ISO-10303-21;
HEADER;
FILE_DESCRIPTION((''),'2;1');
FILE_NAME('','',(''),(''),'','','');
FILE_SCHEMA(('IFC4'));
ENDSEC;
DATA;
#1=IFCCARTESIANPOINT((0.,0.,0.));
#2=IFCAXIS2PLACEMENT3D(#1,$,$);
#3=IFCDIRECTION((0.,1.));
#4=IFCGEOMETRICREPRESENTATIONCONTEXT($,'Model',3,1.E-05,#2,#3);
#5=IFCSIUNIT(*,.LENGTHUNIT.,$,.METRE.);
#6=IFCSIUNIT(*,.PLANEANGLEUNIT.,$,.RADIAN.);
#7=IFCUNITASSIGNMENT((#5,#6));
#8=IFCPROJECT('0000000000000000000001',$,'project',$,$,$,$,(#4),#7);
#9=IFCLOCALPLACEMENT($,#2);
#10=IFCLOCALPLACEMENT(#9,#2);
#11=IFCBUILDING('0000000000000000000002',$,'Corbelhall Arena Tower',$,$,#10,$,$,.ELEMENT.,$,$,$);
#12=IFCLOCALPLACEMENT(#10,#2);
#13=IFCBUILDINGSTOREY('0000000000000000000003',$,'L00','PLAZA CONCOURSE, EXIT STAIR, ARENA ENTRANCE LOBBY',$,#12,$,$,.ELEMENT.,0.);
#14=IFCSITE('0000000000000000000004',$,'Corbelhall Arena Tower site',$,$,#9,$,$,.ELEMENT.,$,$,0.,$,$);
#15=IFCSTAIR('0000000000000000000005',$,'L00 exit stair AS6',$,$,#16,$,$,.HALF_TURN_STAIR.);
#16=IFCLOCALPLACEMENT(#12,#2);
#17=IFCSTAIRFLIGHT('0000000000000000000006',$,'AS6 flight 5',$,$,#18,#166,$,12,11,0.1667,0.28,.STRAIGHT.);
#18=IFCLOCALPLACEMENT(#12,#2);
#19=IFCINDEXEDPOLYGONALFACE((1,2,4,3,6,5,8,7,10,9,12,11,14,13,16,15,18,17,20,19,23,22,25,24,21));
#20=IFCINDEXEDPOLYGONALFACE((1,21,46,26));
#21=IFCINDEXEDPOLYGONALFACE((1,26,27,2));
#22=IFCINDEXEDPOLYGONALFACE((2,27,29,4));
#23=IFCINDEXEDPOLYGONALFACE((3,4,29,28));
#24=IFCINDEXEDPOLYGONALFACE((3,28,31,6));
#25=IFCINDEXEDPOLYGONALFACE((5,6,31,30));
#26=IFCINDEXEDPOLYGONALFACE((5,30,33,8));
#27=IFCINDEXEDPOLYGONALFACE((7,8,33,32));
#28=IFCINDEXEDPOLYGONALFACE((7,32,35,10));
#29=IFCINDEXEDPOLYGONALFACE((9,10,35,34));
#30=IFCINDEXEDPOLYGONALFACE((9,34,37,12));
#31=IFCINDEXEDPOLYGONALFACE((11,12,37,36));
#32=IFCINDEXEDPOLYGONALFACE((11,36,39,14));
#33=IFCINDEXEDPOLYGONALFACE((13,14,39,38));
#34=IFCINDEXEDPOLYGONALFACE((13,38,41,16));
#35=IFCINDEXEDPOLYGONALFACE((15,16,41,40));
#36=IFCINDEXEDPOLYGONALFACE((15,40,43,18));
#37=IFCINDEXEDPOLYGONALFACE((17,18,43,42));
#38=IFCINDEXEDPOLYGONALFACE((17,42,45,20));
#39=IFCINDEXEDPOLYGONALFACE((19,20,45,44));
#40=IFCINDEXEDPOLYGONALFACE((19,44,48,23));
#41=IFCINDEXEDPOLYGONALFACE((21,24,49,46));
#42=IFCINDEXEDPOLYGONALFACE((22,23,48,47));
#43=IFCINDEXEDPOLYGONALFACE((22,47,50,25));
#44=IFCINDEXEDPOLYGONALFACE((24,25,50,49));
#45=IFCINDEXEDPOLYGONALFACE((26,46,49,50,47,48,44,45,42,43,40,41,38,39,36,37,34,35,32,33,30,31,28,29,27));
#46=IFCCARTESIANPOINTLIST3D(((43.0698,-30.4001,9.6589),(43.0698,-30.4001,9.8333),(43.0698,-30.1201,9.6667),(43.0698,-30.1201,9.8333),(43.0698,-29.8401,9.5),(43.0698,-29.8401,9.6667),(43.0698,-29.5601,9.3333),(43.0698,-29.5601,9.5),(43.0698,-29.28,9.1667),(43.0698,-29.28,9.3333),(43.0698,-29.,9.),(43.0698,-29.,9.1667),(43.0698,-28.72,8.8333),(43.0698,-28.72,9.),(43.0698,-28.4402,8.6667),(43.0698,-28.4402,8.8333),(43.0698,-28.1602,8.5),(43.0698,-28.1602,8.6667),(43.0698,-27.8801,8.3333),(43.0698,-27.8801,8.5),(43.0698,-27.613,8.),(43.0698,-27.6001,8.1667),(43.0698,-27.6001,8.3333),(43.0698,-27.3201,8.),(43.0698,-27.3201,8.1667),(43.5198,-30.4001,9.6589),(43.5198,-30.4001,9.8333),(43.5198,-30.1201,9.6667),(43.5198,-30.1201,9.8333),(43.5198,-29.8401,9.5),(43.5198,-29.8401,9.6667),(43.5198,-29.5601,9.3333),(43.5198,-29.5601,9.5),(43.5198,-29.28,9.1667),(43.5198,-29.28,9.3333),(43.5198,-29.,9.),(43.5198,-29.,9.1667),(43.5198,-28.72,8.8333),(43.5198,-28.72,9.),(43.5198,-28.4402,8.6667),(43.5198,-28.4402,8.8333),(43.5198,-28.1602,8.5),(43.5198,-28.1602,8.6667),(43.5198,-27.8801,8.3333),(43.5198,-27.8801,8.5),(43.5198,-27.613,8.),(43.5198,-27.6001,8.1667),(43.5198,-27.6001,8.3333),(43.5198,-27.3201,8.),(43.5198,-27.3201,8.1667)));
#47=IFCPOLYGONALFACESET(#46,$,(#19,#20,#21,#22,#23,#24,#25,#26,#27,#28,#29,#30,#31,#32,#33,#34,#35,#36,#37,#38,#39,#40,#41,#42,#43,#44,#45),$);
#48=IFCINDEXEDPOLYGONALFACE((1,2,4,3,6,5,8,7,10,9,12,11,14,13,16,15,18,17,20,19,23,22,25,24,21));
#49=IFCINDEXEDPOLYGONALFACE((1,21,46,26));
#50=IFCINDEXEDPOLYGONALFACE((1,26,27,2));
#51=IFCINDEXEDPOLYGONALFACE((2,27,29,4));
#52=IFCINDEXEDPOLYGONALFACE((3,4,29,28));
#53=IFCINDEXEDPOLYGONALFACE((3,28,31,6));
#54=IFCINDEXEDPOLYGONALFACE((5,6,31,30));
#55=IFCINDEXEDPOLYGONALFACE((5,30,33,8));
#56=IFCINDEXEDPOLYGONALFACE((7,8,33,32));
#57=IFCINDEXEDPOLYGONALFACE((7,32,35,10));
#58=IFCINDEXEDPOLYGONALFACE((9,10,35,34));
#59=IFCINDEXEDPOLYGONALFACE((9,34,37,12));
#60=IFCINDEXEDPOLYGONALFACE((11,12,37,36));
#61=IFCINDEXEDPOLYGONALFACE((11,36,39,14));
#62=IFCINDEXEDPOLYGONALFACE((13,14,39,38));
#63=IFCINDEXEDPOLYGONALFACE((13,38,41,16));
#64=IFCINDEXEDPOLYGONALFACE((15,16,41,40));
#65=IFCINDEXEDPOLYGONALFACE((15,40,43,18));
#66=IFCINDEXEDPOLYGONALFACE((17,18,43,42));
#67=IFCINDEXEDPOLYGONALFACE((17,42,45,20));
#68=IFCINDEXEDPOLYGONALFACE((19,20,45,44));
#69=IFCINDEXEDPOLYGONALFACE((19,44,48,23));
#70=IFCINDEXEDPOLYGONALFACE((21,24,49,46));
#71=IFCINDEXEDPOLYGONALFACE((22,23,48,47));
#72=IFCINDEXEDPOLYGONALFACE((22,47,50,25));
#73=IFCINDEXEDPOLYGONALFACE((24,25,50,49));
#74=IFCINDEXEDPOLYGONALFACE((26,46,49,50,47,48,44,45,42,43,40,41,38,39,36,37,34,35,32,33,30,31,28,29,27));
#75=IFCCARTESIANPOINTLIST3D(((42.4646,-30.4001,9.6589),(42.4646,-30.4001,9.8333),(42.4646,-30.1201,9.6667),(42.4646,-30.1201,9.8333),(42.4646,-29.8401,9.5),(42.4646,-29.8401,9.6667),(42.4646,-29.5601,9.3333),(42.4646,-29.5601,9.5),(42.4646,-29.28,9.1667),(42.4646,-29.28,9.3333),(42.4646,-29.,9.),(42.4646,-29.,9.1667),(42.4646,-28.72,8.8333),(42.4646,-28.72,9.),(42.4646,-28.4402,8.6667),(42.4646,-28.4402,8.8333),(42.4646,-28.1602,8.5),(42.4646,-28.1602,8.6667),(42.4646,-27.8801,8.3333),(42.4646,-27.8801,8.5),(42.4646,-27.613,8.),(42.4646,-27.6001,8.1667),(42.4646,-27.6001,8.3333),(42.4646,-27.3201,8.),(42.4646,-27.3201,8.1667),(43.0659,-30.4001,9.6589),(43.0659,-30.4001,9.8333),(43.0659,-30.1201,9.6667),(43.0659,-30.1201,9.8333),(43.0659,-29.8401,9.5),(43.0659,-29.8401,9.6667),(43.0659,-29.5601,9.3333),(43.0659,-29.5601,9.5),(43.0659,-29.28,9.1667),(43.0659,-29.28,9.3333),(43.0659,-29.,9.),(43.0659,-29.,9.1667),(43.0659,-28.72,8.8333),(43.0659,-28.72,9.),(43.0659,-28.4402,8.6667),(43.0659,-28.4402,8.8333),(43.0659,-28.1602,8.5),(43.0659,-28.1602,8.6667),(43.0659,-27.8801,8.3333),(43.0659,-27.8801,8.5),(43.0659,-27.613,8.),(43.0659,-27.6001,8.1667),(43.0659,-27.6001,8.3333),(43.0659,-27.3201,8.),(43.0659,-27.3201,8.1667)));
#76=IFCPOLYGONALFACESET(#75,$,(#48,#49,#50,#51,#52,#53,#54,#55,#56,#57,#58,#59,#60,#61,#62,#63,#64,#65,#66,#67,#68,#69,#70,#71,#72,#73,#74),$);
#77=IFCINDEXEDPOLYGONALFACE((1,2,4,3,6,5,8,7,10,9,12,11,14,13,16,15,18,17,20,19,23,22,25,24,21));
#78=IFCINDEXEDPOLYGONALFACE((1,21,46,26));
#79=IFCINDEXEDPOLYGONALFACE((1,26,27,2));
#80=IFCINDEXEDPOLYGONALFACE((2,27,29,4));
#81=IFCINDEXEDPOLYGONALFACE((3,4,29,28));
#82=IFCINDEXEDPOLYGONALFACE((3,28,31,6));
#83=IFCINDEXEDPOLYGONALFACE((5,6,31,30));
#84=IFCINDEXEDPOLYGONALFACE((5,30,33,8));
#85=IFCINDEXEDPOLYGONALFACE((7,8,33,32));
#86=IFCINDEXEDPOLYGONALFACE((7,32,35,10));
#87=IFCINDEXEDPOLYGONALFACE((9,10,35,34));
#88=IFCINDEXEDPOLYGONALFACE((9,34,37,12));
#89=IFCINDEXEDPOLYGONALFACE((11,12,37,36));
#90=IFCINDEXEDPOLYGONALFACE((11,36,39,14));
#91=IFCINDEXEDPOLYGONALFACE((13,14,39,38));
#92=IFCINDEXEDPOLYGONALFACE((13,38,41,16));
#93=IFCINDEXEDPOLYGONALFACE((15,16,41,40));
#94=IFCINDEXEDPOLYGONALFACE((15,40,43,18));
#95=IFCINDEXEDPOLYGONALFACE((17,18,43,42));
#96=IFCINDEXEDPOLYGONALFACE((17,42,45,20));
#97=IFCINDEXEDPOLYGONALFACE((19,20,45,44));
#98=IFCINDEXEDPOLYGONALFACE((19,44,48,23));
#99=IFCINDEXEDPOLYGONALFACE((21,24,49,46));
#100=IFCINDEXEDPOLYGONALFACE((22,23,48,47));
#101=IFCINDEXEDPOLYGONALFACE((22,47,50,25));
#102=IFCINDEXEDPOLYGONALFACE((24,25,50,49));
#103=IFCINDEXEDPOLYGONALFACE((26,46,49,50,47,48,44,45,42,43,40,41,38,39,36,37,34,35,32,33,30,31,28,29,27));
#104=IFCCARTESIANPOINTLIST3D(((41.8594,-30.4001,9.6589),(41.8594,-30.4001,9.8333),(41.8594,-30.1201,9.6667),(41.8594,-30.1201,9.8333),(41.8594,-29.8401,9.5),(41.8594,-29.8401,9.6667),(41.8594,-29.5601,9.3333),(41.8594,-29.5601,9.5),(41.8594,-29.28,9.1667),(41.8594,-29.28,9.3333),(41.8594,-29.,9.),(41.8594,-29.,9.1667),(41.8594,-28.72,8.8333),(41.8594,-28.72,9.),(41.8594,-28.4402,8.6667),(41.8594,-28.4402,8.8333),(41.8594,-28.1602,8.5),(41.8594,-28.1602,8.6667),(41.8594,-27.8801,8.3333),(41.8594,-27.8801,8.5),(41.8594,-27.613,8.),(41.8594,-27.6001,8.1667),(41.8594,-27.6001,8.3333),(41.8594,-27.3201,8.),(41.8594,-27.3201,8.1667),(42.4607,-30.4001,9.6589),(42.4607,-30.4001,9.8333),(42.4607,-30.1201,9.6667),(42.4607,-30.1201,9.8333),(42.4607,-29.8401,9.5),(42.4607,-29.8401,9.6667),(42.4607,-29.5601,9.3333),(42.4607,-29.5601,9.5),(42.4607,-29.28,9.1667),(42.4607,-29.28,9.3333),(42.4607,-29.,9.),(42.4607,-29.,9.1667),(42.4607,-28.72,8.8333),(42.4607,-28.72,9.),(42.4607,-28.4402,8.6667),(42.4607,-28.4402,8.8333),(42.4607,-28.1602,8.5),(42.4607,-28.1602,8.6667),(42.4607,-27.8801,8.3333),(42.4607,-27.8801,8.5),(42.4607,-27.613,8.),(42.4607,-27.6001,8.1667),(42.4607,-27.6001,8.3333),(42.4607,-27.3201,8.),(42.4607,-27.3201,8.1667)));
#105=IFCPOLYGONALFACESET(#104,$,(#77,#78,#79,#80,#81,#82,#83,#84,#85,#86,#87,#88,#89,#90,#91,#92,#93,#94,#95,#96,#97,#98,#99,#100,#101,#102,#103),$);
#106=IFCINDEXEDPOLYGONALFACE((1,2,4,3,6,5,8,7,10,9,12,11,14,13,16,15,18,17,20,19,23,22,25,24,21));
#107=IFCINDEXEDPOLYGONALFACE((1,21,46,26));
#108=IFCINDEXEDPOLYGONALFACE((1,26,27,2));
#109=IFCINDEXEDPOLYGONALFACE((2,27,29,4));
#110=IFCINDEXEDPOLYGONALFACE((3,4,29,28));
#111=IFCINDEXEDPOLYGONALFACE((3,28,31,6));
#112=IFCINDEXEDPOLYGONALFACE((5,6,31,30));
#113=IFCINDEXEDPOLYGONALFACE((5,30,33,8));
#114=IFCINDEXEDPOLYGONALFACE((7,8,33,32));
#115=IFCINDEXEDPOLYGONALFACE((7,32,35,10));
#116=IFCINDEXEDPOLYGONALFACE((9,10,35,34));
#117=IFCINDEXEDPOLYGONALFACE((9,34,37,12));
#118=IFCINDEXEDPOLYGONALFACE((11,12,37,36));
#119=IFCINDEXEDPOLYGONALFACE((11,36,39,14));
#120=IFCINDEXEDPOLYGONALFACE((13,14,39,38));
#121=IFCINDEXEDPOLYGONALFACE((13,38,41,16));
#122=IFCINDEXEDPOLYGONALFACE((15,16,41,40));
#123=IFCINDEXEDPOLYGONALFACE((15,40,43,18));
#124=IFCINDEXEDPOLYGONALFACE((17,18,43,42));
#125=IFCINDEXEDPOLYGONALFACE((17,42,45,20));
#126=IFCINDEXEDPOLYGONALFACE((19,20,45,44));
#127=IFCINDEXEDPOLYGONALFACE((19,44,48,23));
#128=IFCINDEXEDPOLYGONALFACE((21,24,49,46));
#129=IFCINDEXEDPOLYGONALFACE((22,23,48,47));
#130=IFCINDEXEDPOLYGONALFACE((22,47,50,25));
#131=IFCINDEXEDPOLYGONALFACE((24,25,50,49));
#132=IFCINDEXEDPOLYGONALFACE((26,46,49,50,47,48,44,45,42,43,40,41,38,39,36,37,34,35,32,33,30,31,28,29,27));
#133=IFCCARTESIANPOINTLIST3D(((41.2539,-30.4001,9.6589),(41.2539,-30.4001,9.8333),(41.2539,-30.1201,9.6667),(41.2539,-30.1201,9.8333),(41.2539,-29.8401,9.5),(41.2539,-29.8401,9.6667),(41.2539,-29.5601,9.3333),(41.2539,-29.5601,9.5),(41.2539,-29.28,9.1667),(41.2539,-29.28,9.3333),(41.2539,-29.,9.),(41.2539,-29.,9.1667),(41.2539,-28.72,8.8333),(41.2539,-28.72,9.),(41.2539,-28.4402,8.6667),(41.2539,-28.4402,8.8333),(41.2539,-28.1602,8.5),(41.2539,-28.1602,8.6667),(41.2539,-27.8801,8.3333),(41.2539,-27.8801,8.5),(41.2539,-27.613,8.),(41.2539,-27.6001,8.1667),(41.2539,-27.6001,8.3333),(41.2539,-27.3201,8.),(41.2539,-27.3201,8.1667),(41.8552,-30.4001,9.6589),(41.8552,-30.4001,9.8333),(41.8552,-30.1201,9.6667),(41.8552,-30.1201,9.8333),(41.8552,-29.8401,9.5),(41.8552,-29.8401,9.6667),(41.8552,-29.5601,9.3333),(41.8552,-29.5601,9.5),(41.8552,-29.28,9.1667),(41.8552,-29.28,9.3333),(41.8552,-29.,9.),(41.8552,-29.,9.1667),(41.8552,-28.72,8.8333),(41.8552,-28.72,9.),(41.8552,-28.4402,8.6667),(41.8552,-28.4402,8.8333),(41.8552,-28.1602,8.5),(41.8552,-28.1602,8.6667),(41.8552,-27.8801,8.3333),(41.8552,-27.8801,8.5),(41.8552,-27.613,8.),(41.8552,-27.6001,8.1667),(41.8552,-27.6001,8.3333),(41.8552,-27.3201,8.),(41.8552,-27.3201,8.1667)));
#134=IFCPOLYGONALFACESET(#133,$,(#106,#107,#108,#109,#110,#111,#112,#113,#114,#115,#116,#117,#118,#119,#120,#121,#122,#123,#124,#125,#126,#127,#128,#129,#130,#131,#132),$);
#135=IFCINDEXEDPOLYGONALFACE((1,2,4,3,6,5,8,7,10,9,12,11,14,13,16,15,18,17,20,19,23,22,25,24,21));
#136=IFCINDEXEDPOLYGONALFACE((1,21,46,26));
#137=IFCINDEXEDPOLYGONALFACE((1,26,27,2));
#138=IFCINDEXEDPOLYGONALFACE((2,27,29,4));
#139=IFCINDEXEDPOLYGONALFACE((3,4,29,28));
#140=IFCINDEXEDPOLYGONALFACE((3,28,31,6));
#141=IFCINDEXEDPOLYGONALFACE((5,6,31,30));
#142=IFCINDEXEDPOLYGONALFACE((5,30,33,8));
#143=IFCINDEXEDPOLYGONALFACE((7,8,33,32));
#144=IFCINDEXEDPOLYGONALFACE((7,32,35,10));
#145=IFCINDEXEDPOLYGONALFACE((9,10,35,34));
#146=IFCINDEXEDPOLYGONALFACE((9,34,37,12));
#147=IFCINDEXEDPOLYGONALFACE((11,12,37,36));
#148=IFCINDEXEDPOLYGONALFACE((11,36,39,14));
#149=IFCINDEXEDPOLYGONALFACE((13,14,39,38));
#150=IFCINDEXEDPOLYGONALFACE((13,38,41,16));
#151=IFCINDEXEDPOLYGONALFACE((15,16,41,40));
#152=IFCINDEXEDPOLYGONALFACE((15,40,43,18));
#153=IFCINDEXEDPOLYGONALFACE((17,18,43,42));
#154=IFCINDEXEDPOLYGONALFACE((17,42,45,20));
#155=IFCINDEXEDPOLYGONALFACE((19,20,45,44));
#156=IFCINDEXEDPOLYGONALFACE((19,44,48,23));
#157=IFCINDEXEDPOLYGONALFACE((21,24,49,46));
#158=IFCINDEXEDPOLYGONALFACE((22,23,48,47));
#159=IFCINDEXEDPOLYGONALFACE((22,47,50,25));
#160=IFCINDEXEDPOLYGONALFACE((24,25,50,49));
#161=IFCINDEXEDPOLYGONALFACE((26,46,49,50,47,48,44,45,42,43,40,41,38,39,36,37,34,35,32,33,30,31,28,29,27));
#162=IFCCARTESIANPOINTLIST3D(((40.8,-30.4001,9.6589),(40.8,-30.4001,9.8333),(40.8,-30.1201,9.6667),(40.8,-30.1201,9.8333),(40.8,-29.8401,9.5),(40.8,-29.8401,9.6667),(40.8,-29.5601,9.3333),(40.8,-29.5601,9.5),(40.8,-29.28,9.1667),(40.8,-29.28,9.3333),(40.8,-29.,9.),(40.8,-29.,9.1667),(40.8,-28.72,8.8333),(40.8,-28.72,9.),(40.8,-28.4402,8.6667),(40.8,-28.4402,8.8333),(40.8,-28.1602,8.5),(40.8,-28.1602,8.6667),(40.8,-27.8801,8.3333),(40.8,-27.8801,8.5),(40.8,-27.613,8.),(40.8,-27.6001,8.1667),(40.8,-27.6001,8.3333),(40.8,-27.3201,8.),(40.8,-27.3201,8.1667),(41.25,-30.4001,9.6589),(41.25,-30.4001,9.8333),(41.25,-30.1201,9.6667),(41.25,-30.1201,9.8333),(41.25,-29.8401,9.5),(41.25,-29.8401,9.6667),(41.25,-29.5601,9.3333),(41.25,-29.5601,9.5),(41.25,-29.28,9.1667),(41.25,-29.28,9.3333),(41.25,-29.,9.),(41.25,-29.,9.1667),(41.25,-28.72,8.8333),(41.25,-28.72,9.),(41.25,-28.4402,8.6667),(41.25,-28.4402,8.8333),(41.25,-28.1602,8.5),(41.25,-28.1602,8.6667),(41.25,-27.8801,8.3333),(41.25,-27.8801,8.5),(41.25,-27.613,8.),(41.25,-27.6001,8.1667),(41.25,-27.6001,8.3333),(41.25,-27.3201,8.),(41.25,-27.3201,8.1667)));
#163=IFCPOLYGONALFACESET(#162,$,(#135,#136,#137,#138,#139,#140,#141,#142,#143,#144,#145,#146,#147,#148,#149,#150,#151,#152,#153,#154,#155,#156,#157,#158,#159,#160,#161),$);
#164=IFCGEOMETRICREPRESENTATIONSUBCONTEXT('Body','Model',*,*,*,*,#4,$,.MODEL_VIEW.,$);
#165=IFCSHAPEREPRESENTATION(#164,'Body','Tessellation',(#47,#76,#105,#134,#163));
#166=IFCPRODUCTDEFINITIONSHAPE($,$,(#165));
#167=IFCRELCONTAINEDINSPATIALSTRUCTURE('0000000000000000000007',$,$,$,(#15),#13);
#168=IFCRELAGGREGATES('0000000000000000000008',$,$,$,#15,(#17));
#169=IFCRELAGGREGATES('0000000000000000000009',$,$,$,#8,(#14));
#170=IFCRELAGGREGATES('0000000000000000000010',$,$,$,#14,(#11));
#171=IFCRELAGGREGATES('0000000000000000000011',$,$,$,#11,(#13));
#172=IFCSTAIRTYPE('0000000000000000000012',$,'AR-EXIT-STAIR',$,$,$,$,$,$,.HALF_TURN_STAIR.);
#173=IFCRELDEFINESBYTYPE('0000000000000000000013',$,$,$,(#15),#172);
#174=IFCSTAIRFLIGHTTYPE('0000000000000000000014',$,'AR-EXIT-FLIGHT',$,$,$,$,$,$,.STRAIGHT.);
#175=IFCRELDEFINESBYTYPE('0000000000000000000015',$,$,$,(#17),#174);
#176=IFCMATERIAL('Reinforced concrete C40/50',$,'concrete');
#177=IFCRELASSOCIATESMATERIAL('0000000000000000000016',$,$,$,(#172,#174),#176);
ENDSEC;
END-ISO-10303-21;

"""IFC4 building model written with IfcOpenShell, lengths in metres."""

from ifc_helpers import new_model, si_unit, direction, frame, origin, place, context, subcontext, project, spatial, polyline, outline, extrude, material, type_object, element, aggregate, save


model = new_model("IFC4")

# Units and contexts
model_context = context("Model", 3, precision=1e-05, world=origin(), true_north=direction((0.0, 1.0)))
body_context = subcontext(model_context, "Body", "Model", "MODEL_VIEW")
ifc_project = project(units=[si_unit("LENGTHUNIT", "METRE"), si_unit("PLANEANGLEUNIT", "RADIAN")], contexts=[model_context])

# Site, building, storey
site_placement = place(None, origin())
site = spatial("IfcSite", under=ifc_project, at=site_placement, Name="Corbelhall Arena Tower site", CompositionType="ELEMENT", RefElevation=0.0)
building_placement = place(site_placement, origin())
building = spatial("IfcBuilding", under=site, at=building_placement, Name="Corbelhall Arena Tower", CompositionType="ELEMENT")
storey_placement = place(building_placement, origin())
storey = spatial("IfcBuildingStorey", under=building, at=storey_placement, Name="L00", Description="PLAZA CONCOURSE, EXIT STAIR, ARENA ENTRANCE LOBBY", CompositionType="ELEMENT", Elevation=0.0)

# Stair, stair flight
ifc_material_1 = material(Name="Reinforced concrete C40/50", Category="concrete")
stair_type = type_object("IfcStairType", Name="AR-EXIT-STAIR", PredefinedType="HALF_TURN_STAIR", material=ifc_material_1)
stair_flight_type = type_object("IfcStairFlightType", Name="AR-EXIT-FLIGHT", PredefinedType="STRAIGHT", material=ifc_material_1)
stair_1_placement = place(storey_placement, origin())
stair_1 = element("IfcStair", 1, at=stair_1_placement, inside=storey, type_object=stair_type, Name="L00 exit stair AS6", PredefinedType="HALF_TURN_STAIR")
stair_flight_1_placement = place(storey_placement, frame((42.1599, -27.3201, 8.0), z_axis=(0.0, 0.0, 1.0), x_axis=(0.0, -1.0, 0.0)))
stair_flight_1 = element("IfcStairFlight", 2, at=stair_flight_1_placement, type_object=stair_flight_type, Name="AS6 flight 5", NumberOfRisers=12, NumberOfTreads=11, PredefinedType="STRAIGHT", RiserHeight=0.1667, TreadLength=0.28, context=body_context, shape_type="SweptSolid", body=[
    extrude(outline(polyline([(0.0, 0.0), (0.0, 0.1667), (0.28, 0.1667), (0.28, 0.3333), (0.5601, 0.3333), (0.5601, 0.5), (0.8401, 0.5), (0.8401, 0.6667), (1.1201, 0.6667), (1.1201, 0.8333), (1.3999, 0.8333), (1.3999, 1.0), (1.6799, 1.0), (1.6799, 1.1667), (1.96, 1.1667), (1.96, 1.3333), (2.24, 1.3333), (2.24, 1.5), (2.52, 1.5), (2.52, 1.6667), (2.8, 1.6667), (2.8, 1.8333), (3.0801, 1.8333), (3.0801, 2.0), (3.0801, 1.6589), (0.293, 0.0), (0.0, 0.0)])), frame((0.0, 1.3599, 0.0), z_axis=(0.0, -1.0, 0.0), x_axis=(1.0, 0.0, 0.0)), (0.0, 0.0, 1.0), 0.45),
    extrude(outline(polyline([(0.0, 0.0), (0.0, 0.1667), (0.28, 0.1667), (0.28, 0.3333), (0.5601, 0.3333), (0.5601, 0.5), (0.8401, 0.5), (0.8401, 0.6667), (1.1201, 0.6667), (1.1201, 0.8333), (1.3999, 0.8333), (1.3999, 1.0), (1.6799, 1.0), (1.6799, 1.1667), (1.96, 1.1667), (1.96, 1.3333), (2.24, 1.3333), (2.24, 1.5), (2.52, 1.5), (2.52, 1.6667), (2.8, 1.6667), (2.8, 1.8333), (3.0801, 1.8333), (3.0801, 2.0), (3.0801, 1.6589), (0.293, 0.0), (0.0, 0.0)])), frame((0.0, 0.906, 0.0), z_axis=(0.0, -1.0, 0.0), x_axis=(1.0, 0.0, 0.0)), (0.0, 0.0, 1.0), 0.6013),
    extrude(outline(polyline([(0.0, 0.0), (0.0, 0.1667), (0.28, 0.1667), (0.28, 0.3333), (0.5601, 0.3333), (0.5601, 0.5), (0.8401, 0.5), (0.8401, 0.6667), (1.1201, 0.6667), (1.1201, 0.8333), (1.3999, 0.8333), (1.3999, 1.0), (1.6799, 1.0), (1.6799, 1.1667), (1.96, 1.1667), (1.96, 1.3333), (2.24, 1.3333), (2.24, 1.5), (2.52, 1.5), (2.52, 1.6667), (2.8, 1.6667), (2.8, 1.8333), (3.0801, 1.8333), (3.0801, 2.0), (3.0801, 1.6589), (0.293, 0.0), (0.0, 0.0)])), frame((0.0, 0.3008, 0.0), z_axis=(0.0, -1.0, 0.0), x_axis=(1.0, 0.0, 0.0)), (0.0, 0.0, 1.0), 0.6013),
    extrude(outline(polyline([(0.0, 0.0), (0.0, 0.1667), (0.28, 0.1667), (0.28, 0.3333), (0.5601, 0.3333), (0.5601, 0.5), (0.8401, 0.5), (0.8401, 0.6667), (1.1201, 0.6667), (1.1201, 0.8333), (1.3999, 0.8333), (1.3999, 1.0), (1.6799, 1.0), (1.6799, 1.1667), (1.96, 1.1667), (1.96, 1.3333), (2.24, 1.3333), (2.24, 1.5), (2.52, 1.5), (2.52, 1.6667), (2.8, 1.6667), (2.8, 1.8333), (3.0801, 1.8333), (3.0801, 2.0), (3.0801, 1.6589), (0.293, 0.0), (0.0, 0.0)])), frame((0.0, -0.3047, 0.0), z_axis=(0.0, -1.0, 0.0), x_axis=(1.0, 0.0, 0.0)), (0.0, 0.0, 1.0), 0.6013),
    extrude(outline(polyline([(0.0, 0.0), (0.0, 0.1667), (0.28, 0.1667), (0.28, 0.3333), (0.5601, 0.3333), (0.5601, 0.5), (0.8401, 0.5), (0.8401, 0.6667), (1.1201, 0.6667), (1.1201, 0.8333), (1.3999, 0.8333), (1.3999, 1.0), (1.6799, 1.0), (1.6799, 1.1667), (1.96, 1.1667), (1.96, 1.3333), (2.24, 1.3333), (2.24, 1.5), (2.52, 1.5), (2.52, 1.6667), (2.8, 1.6667), (2.8, 1.8333), (3.0801, 1.8333), (3.0801, 2.0), (3.0801, 1.6589), (0.293, 0.0), (0.0, 0.0)])), frame((0.0, -0.9099, 0.0), z_axis=(0.0, -1.0, 0.0), x_axis=(1.0, 0.0, 0.0)), (0.0, 0.0, 1.0), 0.45),
])
aggregate(stair_1, [stair_flight_1])

save(model, "model.ifc")
